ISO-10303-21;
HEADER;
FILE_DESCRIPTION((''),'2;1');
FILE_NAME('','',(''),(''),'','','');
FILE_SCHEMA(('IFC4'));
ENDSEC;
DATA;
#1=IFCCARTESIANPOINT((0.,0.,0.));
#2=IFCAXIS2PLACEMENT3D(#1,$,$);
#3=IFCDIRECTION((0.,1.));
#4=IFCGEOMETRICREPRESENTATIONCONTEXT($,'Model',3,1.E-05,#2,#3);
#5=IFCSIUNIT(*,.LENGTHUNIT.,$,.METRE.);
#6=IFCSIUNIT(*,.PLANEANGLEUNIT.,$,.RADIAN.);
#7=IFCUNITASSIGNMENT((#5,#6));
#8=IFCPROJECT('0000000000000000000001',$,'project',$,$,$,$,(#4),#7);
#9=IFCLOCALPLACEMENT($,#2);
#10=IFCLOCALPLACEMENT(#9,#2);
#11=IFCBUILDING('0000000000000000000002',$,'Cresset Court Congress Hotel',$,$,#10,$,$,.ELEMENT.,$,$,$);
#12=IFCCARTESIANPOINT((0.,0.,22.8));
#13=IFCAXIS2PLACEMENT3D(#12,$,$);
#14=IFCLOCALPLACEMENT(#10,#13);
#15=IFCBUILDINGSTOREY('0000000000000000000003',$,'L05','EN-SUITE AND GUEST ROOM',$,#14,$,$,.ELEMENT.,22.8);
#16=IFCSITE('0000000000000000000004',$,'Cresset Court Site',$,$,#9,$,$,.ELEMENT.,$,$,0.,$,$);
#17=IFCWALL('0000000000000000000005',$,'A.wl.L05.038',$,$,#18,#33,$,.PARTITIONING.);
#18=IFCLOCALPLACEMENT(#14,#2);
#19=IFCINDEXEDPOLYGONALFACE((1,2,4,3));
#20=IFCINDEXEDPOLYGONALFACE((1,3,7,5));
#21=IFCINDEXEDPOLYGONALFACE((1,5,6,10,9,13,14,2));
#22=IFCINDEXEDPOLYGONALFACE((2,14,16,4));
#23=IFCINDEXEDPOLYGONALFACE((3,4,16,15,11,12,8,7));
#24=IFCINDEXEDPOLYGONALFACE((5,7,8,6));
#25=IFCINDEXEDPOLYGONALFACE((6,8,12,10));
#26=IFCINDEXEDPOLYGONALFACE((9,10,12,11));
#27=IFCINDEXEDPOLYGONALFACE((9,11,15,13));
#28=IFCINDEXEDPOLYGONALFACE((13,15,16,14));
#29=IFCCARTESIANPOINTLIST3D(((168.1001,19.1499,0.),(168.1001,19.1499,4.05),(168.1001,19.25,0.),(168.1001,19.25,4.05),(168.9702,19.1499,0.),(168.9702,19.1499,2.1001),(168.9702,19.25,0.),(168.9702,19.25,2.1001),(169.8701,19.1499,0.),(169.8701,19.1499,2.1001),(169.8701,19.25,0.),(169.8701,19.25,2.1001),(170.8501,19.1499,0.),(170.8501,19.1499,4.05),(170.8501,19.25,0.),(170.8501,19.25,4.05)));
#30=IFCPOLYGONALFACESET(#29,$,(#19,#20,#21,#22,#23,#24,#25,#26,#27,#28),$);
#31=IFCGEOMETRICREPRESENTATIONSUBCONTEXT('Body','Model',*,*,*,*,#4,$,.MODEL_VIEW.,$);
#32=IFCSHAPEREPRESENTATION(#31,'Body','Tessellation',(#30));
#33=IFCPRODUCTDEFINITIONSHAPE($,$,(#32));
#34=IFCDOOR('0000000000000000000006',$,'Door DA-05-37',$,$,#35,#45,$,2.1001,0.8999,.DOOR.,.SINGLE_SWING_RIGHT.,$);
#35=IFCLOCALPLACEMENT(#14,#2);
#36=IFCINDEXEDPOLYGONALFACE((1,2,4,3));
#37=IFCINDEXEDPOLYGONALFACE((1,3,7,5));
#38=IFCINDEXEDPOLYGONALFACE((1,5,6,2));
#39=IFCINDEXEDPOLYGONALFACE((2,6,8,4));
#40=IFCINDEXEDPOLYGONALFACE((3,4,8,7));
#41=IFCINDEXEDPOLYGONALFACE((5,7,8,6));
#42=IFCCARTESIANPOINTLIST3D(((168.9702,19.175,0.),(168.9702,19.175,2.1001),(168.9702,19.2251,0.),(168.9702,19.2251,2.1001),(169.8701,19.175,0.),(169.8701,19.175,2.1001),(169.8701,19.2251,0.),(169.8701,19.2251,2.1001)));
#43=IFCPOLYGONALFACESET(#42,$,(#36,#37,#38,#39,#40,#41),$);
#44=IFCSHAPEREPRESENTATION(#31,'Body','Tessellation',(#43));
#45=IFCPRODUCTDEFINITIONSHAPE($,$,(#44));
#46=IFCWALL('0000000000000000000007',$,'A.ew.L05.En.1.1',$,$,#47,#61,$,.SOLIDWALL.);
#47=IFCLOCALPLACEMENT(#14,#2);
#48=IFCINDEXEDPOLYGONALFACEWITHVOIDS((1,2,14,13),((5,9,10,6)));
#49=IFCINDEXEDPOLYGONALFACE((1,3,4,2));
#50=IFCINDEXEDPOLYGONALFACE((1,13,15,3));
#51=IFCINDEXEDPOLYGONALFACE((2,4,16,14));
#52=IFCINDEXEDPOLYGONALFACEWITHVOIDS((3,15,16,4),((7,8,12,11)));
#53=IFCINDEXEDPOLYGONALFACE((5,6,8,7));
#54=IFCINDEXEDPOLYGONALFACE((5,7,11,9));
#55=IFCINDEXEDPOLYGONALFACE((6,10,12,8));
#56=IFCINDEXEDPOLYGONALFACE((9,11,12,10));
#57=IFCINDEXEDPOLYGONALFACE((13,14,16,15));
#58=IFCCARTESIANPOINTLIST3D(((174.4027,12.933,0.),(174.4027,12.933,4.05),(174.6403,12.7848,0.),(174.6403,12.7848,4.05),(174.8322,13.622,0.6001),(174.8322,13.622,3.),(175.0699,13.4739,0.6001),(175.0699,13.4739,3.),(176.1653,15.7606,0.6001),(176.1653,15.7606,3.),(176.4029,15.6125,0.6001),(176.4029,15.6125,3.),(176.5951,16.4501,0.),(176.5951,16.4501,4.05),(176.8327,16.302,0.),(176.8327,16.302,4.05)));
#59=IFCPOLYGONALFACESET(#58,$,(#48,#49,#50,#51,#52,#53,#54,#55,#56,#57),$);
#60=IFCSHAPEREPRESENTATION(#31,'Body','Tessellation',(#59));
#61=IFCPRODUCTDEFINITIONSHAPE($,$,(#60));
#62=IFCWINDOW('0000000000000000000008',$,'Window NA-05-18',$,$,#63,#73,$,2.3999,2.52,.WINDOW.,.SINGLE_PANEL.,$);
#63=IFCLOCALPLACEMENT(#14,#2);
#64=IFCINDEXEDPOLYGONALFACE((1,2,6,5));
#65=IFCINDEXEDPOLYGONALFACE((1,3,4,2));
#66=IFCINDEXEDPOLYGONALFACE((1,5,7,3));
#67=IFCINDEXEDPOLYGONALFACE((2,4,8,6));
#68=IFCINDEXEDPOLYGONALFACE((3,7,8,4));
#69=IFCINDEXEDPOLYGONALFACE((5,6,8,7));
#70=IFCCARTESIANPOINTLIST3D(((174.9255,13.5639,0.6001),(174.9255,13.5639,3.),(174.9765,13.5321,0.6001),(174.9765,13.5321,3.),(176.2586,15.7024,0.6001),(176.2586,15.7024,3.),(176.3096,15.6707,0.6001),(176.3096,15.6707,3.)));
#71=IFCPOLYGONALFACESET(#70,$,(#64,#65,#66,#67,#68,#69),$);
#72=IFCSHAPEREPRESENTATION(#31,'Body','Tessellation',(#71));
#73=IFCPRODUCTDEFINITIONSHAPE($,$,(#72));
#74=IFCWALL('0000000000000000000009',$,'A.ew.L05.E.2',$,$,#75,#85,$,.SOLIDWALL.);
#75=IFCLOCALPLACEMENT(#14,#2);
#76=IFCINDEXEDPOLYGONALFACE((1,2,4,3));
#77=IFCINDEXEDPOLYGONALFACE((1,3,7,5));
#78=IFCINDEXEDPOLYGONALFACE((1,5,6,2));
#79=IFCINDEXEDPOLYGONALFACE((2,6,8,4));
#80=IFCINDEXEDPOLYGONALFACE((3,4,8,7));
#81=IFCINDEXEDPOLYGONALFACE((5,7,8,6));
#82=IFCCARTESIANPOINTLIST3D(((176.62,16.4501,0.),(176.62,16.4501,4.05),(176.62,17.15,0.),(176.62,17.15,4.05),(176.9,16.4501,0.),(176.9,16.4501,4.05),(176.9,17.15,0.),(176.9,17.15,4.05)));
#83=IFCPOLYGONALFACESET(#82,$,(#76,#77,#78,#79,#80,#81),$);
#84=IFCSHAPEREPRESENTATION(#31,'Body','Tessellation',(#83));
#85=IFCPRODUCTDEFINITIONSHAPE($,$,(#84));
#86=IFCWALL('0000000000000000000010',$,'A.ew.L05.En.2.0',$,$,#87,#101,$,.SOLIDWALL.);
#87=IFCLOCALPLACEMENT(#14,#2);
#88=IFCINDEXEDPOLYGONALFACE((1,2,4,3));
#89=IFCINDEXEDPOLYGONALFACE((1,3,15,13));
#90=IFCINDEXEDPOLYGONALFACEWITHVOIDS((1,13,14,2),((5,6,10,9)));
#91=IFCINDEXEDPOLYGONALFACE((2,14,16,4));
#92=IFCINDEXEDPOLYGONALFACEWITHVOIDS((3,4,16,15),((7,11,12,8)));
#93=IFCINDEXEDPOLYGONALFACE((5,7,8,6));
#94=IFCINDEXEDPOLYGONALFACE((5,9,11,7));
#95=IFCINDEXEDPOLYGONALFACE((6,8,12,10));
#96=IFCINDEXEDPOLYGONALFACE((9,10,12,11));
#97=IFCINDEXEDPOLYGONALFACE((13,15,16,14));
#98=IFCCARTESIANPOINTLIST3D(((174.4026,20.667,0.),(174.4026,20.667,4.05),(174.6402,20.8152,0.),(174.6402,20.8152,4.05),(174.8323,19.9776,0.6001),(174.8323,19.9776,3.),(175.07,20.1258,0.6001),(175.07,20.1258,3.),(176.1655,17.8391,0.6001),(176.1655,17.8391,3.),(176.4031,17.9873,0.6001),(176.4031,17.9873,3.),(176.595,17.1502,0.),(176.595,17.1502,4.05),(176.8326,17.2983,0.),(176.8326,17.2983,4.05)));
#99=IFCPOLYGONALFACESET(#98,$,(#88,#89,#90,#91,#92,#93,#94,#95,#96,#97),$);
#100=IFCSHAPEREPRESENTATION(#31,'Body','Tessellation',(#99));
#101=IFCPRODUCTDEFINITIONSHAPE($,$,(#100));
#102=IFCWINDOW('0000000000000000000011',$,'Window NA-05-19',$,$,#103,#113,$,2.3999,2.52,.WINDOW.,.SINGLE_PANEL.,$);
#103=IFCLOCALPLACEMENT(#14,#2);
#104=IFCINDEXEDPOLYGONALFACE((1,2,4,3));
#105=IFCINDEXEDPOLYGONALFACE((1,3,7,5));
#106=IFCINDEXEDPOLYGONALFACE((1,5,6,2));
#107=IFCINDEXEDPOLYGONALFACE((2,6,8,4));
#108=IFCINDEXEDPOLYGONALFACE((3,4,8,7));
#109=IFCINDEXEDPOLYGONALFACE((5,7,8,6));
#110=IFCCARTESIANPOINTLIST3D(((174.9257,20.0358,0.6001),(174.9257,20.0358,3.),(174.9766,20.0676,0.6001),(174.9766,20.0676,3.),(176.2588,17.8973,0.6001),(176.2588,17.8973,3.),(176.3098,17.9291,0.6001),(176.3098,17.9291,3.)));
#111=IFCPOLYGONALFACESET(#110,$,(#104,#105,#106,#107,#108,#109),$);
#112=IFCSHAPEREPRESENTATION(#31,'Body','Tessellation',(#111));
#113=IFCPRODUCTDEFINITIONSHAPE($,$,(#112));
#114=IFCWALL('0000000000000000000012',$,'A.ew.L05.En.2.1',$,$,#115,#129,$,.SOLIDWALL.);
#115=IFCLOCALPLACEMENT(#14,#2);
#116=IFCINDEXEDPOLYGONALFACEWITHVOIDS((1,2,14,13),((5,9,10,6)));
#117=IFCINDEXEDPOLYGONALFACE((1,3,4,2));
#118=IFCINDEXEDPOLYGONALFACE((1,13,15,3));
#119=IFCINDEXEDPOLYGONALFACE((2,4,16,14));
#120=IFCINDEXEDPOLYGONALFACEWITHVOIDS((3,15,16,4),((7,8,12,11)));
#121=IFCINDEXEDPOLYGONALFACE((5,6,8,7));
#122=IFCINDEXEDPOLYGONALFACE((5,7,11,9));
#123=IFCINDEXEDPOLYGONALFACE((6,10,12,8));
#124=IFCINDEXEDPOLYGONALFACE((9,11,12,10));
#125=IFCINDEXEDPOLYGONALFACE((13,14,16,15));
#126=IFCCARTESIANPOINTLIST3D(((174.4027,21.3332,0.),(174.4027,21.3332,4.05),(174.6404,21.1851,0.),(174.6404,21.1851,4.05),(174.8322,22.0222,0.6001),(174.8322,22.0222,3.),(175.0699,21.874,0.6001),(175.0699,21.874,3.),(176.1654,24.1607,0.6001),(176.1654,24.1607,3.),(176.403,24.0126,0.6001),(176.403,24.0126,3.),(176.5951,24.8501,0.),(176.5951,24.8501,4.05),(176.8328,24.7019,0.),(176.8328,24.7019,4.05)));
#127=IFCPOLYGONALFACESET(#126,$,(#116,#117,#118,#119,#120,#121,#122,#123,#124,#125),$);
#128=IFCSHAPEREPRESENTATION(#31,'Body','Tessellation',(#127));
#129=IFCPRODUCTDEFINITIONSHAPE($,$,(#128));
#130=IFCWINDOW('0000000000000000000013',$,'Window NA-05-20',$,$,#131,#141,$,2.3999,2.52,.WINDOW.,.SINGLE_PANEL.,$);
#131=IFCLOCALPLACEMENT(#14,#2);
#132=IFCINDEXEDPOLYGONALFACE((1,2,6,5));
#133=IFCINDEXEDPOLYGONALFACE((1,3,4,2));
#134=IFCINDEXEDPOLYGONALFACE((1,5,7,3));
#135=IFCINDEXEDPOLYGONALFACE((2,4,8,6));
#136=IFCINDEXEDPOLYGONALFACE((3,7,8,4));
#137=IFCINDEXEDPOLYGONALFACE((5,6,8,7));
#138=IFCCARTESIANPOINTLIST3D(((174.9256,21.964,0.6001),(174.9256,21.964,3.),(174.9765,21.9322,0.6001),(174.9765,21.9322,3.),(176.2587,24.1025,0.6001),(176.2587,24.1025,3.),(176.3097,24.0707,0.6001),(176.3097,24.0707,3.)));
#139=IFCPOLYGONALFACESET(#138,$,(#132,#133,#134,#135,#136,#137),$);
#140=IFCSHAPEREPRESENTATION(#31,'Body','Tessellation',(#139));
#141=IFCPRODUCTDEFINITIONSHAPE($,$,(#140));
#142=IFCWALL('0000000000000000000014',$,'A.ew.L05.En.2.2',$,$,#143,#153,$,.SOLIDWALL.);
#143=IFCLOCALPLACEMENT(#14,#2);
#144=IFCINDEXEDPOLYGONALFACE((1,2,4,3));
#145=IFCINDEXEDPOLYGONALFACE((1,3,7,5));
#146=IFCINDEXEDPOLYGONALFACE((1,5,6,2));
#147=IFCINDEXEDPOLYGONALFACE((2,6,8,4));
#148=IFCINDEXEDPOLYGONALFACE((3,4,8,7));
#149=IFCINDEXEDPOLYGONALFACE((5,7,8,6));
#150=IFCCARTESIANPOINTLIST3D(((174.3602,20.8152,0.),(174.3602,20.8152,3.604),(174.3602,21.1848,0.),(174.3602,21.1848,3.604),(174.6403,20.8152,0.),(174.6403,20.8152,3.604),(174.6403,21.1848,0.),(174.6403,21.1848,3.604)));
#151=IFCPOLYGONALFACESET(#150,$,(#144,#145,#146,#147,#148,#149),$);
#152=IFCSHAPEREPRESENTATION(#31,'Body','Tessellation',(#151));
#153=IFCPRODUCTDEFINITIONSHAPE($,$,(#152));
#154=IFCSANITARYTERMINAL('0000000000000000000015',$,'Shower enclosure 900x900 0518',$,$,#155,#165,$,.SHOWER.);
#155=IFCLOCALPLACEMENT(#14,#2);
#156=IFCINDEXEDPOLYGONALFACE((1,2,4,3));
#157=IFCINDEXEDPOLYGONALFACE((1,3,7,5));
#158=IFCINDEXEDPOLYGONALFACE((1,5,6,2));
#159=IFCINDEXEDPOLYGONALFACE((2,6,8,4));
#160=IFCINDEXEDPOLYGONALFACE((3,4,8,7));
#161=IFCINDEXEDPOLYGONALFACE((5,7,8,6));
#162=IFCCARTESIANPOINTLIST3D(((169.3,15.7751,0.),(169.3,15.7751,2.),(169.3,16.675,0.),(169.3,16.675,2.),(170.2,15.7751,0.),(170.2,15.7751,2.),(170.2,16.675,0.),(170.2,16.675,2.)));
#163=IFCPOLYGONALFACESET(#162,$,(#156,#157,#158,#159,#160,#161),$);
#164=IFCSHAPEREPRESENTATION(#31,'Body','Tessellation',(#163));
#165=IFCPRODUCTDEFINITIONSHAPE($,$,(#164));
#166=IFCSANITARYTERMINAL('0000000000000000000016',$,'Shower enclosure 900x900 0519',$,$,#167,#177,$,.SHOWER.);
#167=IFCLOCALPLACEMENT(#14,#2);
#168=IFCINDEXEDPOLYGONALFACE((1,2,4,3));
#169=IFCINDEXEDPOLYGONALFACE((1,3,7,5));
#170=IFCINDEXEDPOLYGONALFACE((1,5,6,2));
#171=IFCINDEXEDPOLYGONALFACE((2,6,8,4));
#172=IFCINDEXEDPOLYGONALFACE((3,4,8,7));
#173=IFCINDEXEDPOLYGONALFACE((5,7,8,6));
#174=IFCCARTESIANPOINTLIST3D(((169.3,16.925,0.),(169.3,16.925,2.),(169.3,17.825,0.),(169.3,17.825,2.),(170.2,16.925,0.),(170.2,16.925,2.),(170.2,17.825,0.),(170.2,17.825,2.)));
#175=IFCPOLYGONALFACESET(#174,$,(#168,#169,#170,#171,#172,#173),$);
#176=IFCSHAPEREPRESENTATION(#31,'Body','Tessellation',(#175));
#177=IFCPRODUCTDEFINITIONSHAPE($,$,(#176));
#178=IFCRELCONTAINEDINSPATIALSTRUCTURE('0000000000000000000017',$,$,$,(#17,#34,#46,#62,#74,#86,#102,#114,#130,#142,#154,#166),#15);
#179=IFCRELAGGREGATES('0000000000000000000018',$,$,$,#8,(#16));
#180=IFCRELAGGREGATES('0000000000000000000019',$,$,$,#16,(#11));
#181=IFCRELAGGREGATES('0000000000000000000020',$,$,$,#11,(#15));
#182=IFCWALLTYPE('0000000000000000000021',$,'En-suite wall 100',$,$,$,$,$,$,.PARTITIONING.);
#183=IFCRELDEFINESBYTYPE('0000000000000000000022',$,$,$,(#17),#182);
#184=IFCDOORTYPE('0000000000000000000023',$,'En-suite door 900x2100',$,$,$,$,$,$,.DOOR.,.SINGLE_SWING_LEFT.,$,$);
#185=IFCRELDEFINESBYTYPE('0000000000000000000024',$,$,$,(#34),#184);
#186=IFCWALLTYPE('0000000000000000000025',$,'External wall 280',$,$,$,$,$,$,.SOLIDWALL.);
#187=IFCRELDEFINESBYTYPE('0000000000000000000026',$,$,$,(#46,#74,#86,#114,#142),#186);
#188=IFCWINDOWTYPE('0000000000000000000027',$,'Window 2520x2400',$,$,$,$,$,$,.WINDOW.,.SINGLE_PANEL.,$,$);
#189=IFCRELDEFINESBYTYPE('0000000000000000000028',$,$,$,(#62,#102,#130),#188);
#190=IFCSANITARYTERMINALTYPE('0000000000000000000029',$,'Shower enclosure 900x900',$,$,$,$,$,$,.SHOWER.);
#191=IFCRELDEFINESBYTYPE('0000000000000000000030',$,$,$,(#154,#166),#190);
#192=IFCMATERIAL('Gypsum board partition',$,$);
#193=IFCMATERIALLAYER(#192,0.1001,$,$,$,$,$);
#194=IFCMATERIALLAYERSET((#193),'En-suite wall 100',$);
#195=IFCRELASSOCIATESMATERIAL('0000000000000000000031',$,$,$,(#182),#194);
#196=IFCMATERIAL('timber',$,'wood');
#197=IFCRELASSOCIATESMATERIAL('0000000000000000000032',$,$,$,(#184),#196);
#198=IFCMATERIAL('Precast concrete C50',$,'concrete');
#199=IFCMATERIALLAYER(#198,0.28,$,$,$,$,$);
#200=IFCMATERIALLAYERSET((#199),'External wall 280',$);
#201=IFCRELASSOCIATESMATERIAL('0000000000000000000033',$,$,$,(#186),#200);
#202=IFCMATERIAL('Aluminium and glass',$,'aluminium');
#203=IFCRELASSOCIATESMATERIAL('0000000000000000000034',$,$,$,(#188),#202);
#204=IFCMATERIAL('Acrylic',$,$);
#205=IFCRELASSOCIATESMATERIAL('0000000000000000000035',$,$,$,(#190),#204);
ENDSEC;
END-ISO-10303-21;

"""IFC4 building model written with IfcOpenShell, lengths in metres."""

from ifc_helpers import new_model, si_unit, direction, frame, frame_2d, origin, origin_2d, place, context, subcontext, project, spatial, rectangle, extrude, material, layer, layer_set, type_object, element, fill, save


model = new_model("IFC4")

# Units and contexts
model_context = context("Model", 3, precision=1e-05, world=origin(), true_north=direction((0.0, 1.0)))
body_context = subcontext(model_context, "Body", "Model", "MODEL_VIEW")
ifc_project = project(units=[si_unit("LENGTHUNIT", "METRE"), si_unit("PLANEANGLEUNIT", "RADIAN")], contexts=[model_context])

# Site, building, storey
site_placement = place(None, origin())
site = spatial("IfcSite", under=ifc_project, at=site_placement, Name="Cresset Court Site", CompositionType="ELEMENT", RefElevation=0.0)
building_placement = place(site_placement, origin())
building = spatial("IfcBuilding", under=site, at=building_placement, Name="Cresset Court Congress Hotel", CompositionType="ELEMENT")
storey_placement = place(building_placement, frame((0.0, 0.0, 22.8)))
storey = spatial("IfcBuildingStorey", under=building, at=storey_placement, Name="L05", Description="EN-SUITE AND GUEST ROOM", CompositionType="ELEMENT", Elevation=22.8)

# Shared definitions
ifc_material_1 = material(Name="Gypsum board partition")
ifc_layer_1 = layer(ifc_material_1, 0.1001)
ifc_layer_set_1 = layer_set([ifc_layer_1], Name="En-suite wall 100")
wall_type_1 = type_object("IfcWallType", Name="En-suite wall 100", PredefinedType="PARTITIONING", material=ifc_layer_set_1)

# Shared definitions
ifc_material_2 = material(Name="timber", Category="wood")
door_type = type_object("IfcDoorType", Name="En-suite door 900x2100", OperationType="SINGLE_SWING_LEFT", PredefinedType="DOOR", material=ifc_material_2)

# Wall, opening, door
wall_1_placement = place(storey_placement, frame((170.8501, 19.2, 0.0), z_axis=(0.0, 0.0, 1.0), x_axis=(-1.0, 0.0, 0.0)))
wall_1 = element("IfcWall", 1, at=wall_1_placement, inside=storey, type_object=wall_type_1, Name="A.wl.L05.038", PredefinedType="PARTITIONING", context=body_context, shape_type="SweptSolid", body=[
    extrude(rectangle(XDim=2.75, YDim=0.1001, at=frame_2d((1.375, 0.0))), origin(), (0.0, 0.0, 1.0), 4.05),
])
opening_1_placement = place(wall_1_placement, frame((0.98, 0.0, 0.0)))
opening_1 = element("IfcOpeningElement", 2, at=opening_1_placement, cuts=wall_1, PredefinedType="OPENING", context=body_context, shape_type="SweptSolid", body=[
    extrude(rectangle(XDim=0.8999, YDim=2.1001, at=frame_2d((0.45, 1.05))), frame((0.0, 0.0601, 0.0), z_axis=(0.0, -1.0, 0.0), x_axis=(1.0, 0.0, 0.0)), (0.0, 0.0, 1.0), 0.1201),
])
door_1_placement = place(opening_1_placement, origin())
door_1 = element("IfcDoor", 3, at=door_1_placement, inside=storey, type_object=door_type, Name="Door DA-05-37", OperationType="SINGLE_SWING_RIGHT", OverallHeight=2.1001, OverallWidth=0.8999, PredefinedType="DOOR", context=body_context, shape_type="SweptSolid", body=[
    extrude(rectangle(XDim=0.8999, YDim=2.1001, at=frame_2d((0.45, 1.05))), frame((0.0, 0.0249, 0.0), z_axis=(0.0, -1.0, 0.0), x_axis=(1.0, 0.0, 0.0)), (0.0, 0.0, 1.0), 0.05),
])
fill(opening_1, door_1)

# Wall, opening, window
ifc_material_3 = material(Name="Precast concrete C50", Category="concrete")
ifc_layer_2 = layer(ifc_material_3, 0.28)
ifc_layer_set_2 = layer_set([ifc_layer_2], Name="External wall 280")
wall_type_2 = type_object("IfcWallType", Name="External wall 280", PredefinedType="SOLIDWALL", material=ifc_layer_set_2)
wall_2_placement = place(storey_placement, frame((174.5215, 12.8589, 0.0), z_axis=(0.0, 0.0, 1.0), x_axis=(0.528993, 0.848626, 0.0)))
wall_2 = element("IfcWall", 4, at=wall_2_placement, inside=storey, type_object=wall_type_2, Name="A.ew.L05.En.1.1", PredefinedType="SOLIDWALL", context=body_context, shape_type="SweptSolid", body=[
    extrude(rectangle(XDim=4.1445, YDim=0.28, at=frame_2d((2.0723, 0.0))), origin(), (0.0, 0.0, 1.0), 4.05),
])
opening_2_placement = place(wall_2_placement, frame((0.812, 0.0, 0.6001)))
opening_2 = element("IfcOpeningElement", 5, at=opening_2_placement, cuts=wall_2, PredefinedType="OPENING", context=body_context, shape_type="SweptSolid", body=[
    extrude(rectangle(XDim=2.52, YDim=2.3999, at=frame_2d((1.26, 1.2))), frame((0.0, 0.1499, 0.0), z_axis=(0.0, -1.0, 0.0), x_axis=(1.0, 0.0, 0.0)), (0.0, 0.0, 1.0), 0.3),
])
ifc_material_4 = material(Name="Aluminium and glass", Category="aluminium")
window_type = type_object("IfcWindowType", Name="Window 2520x2400", PartitioningType="SINGLE_PANEL", PredefinedType="WINDOW", material=ifc_material_4)
window_1_placement = place(opening_2_placement, origin())
window_1 = element("IfcWindow", 6, at=window_1_placement, inside=storey, type_object=window_type, Name="Window NA-05-18", OverallHeight=2.3999, OverallWidth=2.52, PartitioningType="SINGLE_PANEL", PredefinedType="WINDOW", context=body_context, shape_type="SweptSolid", body=[
    extrude(rectangle(XDim=2.52, YDim=2.3999, at=frame_2d((1.26, 1.2))), frame((0.0, 0.03, 0.0), z_axis=(0.0, -1.0, 0.0), x_axis=(1.0, 0.0, 0.0)), (0.0, 0.0, 1.0), 0.0601),
])
fill(opening_2, window_1)

# Wall
wall_3_placement = place(storey_placement, frame((176.76, 16.45, 0.0), z_axis=(0.0, 0.0, 1.0), x_axis=(0.0, 1.0, 0.0)))
element("IfcWall", 7, at=wall_3_placement, inside=storey, type_object=wall_type_2, Name="A.ew.L05.E.2", PredefinedType="SOLIDWALL", context=body_context, shape_type="SweptSolid", body=[
    extrude(rectangle(XDim=0.7, YDim=0.28, at=frame_2d((0.3501, 0.0))), origin(), (0.0, 0.0, 1.0), 4.05),
])

# Walls, openings, windows
wall_4_placement = place(storey_placement, frame((176.7139, 17.2241, 0.0), z_axis=(0.0, 0.0, 1.0), x_axis=(-0.529019, 0.84861, 0.0)))
wall_4 = element("IfcWall", 8, at=wall_4_placement, inside=storey, type_object=wall_type_2, Name="A.ew.L05.En.2.0", PredefinedType="SOLIDWALL", context=body_context, shape_type="SweptSolid", body=[
    extrude(rectangle(XDim=4.1443, YDim=0.28, at=frame_2d((2.0723, 0.0))), origin(), (0.0, 0.0, 1.0), 4.05),
])
opening_3_placement = place(wall_4_placement, frame((0.812, 0.0, 0.6001)))
opening_3 = element("IfcOpeningElement", 9, at=opening_3_placement, cuts=wall_4, PredefinedType="OPENING", context=body_context, shape_type="SweptSolid", body=[
    extrude(rectangle(XDim=2.52, YDim=2.3999, at=frame_2d((1.26, 1.2))), frame((0.0, 0.1499, 0.0), z_axis=(0.0, -1.0, 0.0), x_axis=(1.0, 0.0, 0.0)), (0.0, 0.0, 1.0), 0.3),
])
window_2_placement = place(opening_3_placement, origin())
window_2 = element("IfcWindow", 10, at=window_2_placement, inside=storey, type_object=window_type, Name="Window NA-05-19", OverallHeight=2.3999, OverallWidth=2.52, PartitioningType="SINGLE_PANEL", PredefinedType="WINDOW", context=body_context, shape_type="SweptSolid", body=[
    extrude(rectangle(XDim=2.52, YDim=2.3999, at=frame_2d((1.26, 1.2))), frame((0.0, 0.03, 0.0), z_axis=(0.0, -1.0, 0.0), x_axis=(1.0, 0.0, 0.0)), (0.0, 0.0, 1.0), 0.0601),
])
fill(opening_3, window_2)
wall_5_placement = place(storey_placement, frame((174.5215, 21.259, 0.0), z_axis=(0.0, 0.0, 1.0), x_axis=(0.529019, 0.84861, 0.0)))
wall_5 = element("IfcWall", 11, at=wall_5_placement, inside=storey, type_object=wall_type_2, Name="A.ew.L05.En.2.1", PredefinedType="SOLIDWALL", context=body_context, shape_type="SweptSolid", body=[
    extrude(rectangle(XDim=4.1443, YDim=0.28, at=frame_2d((2.0723, 0.0))), origin(), (0.0, 0.0, 1.0), 4.05),
])
opening_4_placement = place(wall_5_placement, frame((0.812, 0.0, 0.6001)))
opening_4 = element("IfcOpeningElement", 12, at=opening_4_placement, cuts=wall_5, PredefinedType="OPENING", context=body_context, shape_type="SweptSolid", body=[
    extrude(rectangle(XDim=2.52, YDim=2.3999, at=frame_2d((1.26, 1.2))), frame((0.0, 0.1499, 0.0), z_axis=(0.0, -1.0, 0.0), x_axis=(1.0, 0.0, 0.0)), (0.0, 0.0, 1.0), 0.3),
])
window_3_placement = place(opening_4_placement, origin())
window_3 = element("IfcWindow", 13, at=window_3_placement, inside=storey, type_object=window_type, Name="Window NA-05-20", OverallHeight=2.3999, OverallWidth=2.52, PartitioningType="SINGLE_PANEL", PredefinedType="WINDOW", context=body_context, shape_type="SweptSolid", body=[
    extrude(rectangle(XDim=2.52, YDim=2.3999, at=frame_2d((1.26, 1.2))), frame((0.0, 0.03, 0.0), z_axis=(0.0, -1.0, 0.0), x_axis=(1.0, 0.0, 0.0)), (0.0, 0.0, 1.0), 0.0601),
])
fill(opening_4, window_3)

# Wall
wall_6_placement = place(storey_placement, frame((174.5002, 20.8152, 0.0), z_axis=(0.0, 0.0, 1.0), x_axis=(0.0, 1.0, 0.0)))
element("IfcWall", 14, at=wall_6_placement, inside=storey, type_object=wall_type_2, Name="A.ew.L05.En.2.2", PredefinedType="SOLIDWALL", context=body_context, shape_type="SweptSolid", body=[
    extrude(rectangle(XDim=0.3696, YDim=0.28, at=frame_2d((0.1848, 0.0))), origin(), (0.0, 0.0, 1.0), 3.604),
])

# Sanitary terminals
ifc_material_5 = material(Name="Acrylic")
sanitary_terminal_type_1 = type_object("IfcSanitaryTerminalType", Name="Shower enclosure 900x900", PredefinedType="SHOWER", material=ifc_material_5)
for number, where, z_axis, x_axis, name in (
    (15, (169.75, 16.2251, 0.0), (0.0, 0.0, 1.0), (1.0, 0.0, 0.0), "Shower enclosure 900x900 0518"),
    (16, (169.75, 17.375, 0.0), (0.0, 0.0, 1.0), (1.0, 0.0, 0.0), "Shower enclosure 900x900 0519"),
):
    element("IfcSanitaryTerminal", number, at=place(storey_placement, frame(where, z_axis=z_axis, x_axis=x_axis)), inside=storey, type_object=sanitary_terminal_type_1, Name=name, PredefinedType="SHOWER", context=body_context, shape_type="SweptSolid", body=[
        extrude(rectangle(XDim=0.8999, YDim=0.8999, at=origin_2d()), origin(), (0.0, 0.0, 1.0), 2.0),
    ])

save(model, "model.ifc")
